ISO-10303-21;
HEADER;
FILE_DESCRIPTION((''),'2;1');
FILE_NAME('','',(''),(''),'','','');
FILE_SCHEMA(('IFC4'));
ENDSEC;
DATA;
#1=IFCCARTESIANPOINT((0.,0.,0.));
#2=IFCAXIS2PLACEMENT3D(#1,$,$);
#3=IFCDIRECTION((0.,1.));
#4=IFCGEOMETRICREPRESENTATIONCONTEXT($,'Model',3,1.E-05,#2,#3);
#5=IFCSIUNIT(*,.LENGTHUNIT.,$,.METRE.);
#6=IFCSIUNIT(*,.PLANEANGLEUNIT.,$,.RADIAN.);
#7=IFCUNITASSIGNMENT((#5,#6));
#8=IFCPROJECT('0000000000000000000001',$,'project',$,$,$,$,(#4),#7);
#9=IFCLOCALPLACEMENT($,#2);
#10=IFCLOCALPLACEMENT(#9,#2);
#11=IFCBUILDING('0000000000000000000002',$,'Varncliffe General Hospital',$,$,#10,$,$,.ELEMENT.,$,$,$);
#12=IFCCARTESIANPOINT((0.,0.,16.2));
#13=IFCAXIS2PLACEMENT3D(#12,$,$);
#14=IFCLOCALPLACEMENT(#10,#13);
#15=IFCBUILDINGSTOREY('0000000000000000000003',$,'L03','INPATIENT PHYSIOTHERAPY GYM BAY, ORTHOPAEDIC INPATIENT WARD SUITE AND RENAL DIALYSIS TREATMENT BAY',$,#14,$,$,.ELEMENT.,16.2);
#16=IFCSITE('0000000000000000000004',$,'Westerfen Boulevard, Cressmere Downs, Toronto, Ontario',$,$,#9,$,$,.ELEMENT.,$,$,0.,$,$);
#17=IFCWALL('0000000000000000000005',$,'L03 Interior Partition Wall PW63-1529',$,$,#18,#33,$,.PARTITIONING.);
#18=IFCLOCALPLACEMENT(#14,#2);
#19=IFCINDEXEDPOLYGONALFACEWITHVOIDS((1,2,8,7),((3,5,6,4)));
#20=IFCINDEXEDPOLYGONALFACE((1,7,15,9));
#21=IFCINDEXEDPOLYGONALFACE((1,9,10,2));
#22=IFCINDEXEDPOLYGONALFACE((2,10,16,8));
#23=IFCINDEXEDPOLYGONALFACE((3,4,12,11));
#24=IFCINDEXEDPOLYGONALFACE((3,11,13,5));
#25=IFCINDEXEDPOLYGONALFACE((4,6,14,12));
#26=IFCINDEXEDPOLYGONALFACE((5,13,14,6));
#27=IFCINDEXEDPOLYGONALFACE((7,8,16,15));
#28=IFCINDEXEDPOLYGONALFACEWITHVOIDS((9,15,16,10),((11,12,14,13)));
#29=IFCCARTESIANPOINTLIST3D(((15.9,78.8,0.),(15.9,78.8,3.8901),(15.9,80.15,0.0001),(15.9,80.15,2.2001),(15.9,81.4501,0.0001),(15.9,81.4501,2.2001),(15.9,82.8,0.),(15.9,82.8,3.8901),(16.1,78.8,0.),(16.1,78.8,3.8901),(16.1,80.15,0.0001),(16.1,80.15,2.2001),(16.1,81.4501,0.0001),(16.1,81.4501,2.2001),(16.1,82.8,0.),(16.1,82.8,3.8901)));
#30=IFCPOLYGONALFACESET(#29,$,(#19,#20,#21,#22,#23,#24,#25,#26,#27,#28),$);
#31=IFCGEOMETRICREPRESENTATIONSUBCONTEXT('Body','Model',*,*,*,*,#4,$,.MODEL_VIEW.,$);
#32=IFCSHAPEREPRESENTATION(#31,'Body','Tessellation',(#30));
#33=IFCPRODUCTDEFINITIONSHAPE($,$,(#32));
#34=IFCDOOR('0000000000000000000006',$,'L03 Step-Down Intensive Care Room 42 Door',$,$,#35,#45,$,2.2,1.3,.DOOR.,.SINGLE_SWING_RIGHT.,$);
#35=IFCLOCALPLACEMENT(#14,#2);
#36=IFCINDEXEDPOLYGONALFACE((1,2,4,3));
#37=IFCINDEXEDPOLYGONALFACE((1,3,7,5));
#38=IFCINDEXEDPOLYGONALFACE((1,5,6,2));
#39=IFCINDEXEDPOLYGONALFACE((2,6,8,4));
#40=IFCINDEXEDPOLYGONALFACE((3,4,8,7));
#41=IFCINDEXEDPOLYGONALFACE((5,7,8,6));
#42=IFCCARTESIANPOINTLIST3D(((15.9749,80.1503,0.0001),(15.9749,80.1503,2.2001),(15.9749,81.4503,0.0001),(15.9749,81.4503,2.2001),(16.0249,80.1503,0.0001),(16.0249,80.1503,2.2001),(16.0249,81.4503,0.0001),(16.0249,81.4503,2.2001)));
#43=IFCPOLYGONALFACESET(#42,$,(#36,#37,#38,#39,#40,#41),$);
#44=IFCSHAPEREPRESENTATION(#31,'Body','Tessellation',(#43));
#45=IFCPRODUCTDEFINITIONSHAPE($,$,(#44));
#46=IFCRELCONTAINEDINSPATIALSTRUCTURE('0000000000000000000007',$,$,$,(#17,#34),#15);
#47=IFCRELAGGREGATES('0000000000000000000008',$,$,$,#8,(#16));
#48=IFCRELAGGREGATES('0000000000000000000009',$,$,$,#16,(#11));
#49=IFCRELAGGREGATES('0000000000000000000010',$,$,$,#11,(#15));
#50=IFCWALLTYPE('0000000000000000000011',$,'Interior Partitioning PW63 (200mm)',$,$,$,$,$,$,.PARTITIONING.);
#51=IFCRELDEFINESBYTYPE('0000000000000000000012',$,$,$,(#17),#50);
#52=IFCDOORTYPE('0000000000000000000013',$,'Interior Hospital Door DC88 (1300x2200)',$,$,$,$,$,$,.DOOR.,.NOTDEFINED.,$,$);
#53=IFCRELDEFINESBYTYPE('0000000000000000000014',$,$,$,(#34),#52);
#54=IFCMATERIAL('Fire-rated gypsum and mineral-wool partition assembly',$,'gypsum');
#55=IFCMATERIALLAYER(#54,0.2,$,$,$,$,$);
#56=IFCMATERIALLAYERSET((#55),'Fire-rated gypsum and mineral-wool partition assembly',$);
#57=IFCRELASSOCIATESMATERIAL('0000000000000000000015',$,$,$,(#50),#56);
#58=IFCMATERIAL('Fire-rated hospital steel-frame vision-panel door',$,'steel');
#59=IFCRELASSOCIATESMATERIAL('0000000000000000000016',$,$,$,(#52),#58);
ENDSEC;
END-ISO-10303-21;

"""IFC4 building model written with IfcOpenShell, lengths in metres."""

from ifc_helpers import new_model, si_unit, direction, frame, frame_2d, origin, place, context, subcontext, project, spatial, rectangle, extrude, material, layer, layer_set, type_object, element, fill, save


model = new_model("IFC4")

# Units and contexts
model_context = context("Model", 3, precision=1e-05, world=origin(), true_north=direction((0.0, 1.0)))
body_context = subcontext(model_context, "Body", "Model", "MODEL_VIEW")
ifc_project = project(units=[si_unit("LENGTHUNIT", "METRE"), si_unit("PLANEANGLEUNIT", "RADIAN")], contexts=[model_context])

# Site, building, storey
site_placement = place(None, origin())
site = spatial("IfcSite", under=ifc_project, at=site_placement, Name="Westerfen Boulevard, Cressmere Downs, Toronto, Ontario", CompositionType="ELEMENT", RefElevation=0.0)
building_placement = place(site_placement, origin())
building = spatial("IfcBuilding", under=site, at=building_placement, Name="Varncliffe General Hospital", CompositionType="ELEMENT")
storey_placement = place(building_placement, frame((0.0, 0.0, 16.2)))
storey = spatial("IfcBuildingStorey", under=building, at=storey_placement, Name="L03", Description="INPATIENT PHYSIOTHERAPY GYM BAY, ORTHOPAEDIC INPATIENT WARD SUITE AND RENAL DIALYSIS TREATMENT BAY", CompositionType="ELEMENT", Elevation=16.2)

# Wall, opening, door
ifc_material_1 = material(Name="Fire-rated gypsum and mineral-wool partition assembly", Category="gypsum")
ifc_layer_1 = layer(ifc_material_1, 0.2)
ifc_layer_set_1 = layer_set([ifc_layer_1], Name="Fire-rated gypsum and mineral-wool partition assembly")
wall_type_1 = type_object("IfcWallType", Name="Interior Partitioning PW63 (200mm)", PredefinedType="PARTITIONING", material=ifc_layer_set_1)
ifc_material_2 = material(Name="Fire-rated hospital steel-frame vision-panel door", Category="steel")
door_type_1 = type_object("IfcDoorType", Name="Interior Hospital Door DC88 (1300x2200)", OperationType="NOTDEFINED", PredefinedType="DOOR", material=ifc_material_2)
wall_1_placement = place(storey_placement, frame((16.0, 78.8, 0.0), z_axis=(0.0, 0.0, 1.0), x_axis=(0.0, 1.0, 0.0)))
wall_1 = element("IfcWall", 1, at=wall_1_placement, inside=storey, type_object=wall_type_1, Name="L03 Interior Partition Wall PW63-1529", PredefinedType="PARTITIONING", context=body_context, shape_type="SweptSolid", body=[
    extrude(rectangle(XDim=4.0, YDim=0.2, at=frame_2d((2.0, 0.0))), origin(), (0.0, 0.0, 1.0), 3.8901),
])
opening_1_placement = place(wall_1_placement, frame((1.3501, 0.0, 0.0)))
opening_1 = element("IfcOpeningElement", 2, at=opening_1_placement, cuts=wall_1, PredefinedType="OPENING", context=body_context, shape_type="SweptSolid", body=[
    extrude(rectangle(XDim=1.3, YDim=2.2, at=frame_2d((0.6499, 1.1001))), frame((0.0, 0.1099, 0.0), z_axis=(0.0, -1.0, 0.0), x_axis=(1.0, 0.0, 0.0)), (0.0, 0.0, 1.0), 0.22),
])
door_1_placement = place(opening_1_placement, frame((1.3, 0.0, 0.0), z_axis=(0.0, 0.0, 1.0), x_axis=(-1.0, 0.0, 0.0)))
door_1 = element("IfcDoor", 3, at=door_1_placement, inside=storey, type_object=door_type_1, Name="L03 Step-Down Intensive Care Room 42 Door", OperationType="SINGLE_SWING_RIGHT", OverallHeight=2.2, OverallWidth=1.3, PredefinedType="DOOR", context=body_context, shape_type="SweptSolid", body=[
    extrude(rectangle(XDim=1.3, YDim=2.2, at=frame_2d((0.6499, 1.1001))), frame((0.0, 0.0249, 0.0), z_axis=(0.0, -1.0, 0.0), x_axis=(1.0, 0.0, 0.0)), (0.0, 0.0, 1.0), 0.05),
])
fill(opening_1, door_1)

save(model, "model.ifc")
